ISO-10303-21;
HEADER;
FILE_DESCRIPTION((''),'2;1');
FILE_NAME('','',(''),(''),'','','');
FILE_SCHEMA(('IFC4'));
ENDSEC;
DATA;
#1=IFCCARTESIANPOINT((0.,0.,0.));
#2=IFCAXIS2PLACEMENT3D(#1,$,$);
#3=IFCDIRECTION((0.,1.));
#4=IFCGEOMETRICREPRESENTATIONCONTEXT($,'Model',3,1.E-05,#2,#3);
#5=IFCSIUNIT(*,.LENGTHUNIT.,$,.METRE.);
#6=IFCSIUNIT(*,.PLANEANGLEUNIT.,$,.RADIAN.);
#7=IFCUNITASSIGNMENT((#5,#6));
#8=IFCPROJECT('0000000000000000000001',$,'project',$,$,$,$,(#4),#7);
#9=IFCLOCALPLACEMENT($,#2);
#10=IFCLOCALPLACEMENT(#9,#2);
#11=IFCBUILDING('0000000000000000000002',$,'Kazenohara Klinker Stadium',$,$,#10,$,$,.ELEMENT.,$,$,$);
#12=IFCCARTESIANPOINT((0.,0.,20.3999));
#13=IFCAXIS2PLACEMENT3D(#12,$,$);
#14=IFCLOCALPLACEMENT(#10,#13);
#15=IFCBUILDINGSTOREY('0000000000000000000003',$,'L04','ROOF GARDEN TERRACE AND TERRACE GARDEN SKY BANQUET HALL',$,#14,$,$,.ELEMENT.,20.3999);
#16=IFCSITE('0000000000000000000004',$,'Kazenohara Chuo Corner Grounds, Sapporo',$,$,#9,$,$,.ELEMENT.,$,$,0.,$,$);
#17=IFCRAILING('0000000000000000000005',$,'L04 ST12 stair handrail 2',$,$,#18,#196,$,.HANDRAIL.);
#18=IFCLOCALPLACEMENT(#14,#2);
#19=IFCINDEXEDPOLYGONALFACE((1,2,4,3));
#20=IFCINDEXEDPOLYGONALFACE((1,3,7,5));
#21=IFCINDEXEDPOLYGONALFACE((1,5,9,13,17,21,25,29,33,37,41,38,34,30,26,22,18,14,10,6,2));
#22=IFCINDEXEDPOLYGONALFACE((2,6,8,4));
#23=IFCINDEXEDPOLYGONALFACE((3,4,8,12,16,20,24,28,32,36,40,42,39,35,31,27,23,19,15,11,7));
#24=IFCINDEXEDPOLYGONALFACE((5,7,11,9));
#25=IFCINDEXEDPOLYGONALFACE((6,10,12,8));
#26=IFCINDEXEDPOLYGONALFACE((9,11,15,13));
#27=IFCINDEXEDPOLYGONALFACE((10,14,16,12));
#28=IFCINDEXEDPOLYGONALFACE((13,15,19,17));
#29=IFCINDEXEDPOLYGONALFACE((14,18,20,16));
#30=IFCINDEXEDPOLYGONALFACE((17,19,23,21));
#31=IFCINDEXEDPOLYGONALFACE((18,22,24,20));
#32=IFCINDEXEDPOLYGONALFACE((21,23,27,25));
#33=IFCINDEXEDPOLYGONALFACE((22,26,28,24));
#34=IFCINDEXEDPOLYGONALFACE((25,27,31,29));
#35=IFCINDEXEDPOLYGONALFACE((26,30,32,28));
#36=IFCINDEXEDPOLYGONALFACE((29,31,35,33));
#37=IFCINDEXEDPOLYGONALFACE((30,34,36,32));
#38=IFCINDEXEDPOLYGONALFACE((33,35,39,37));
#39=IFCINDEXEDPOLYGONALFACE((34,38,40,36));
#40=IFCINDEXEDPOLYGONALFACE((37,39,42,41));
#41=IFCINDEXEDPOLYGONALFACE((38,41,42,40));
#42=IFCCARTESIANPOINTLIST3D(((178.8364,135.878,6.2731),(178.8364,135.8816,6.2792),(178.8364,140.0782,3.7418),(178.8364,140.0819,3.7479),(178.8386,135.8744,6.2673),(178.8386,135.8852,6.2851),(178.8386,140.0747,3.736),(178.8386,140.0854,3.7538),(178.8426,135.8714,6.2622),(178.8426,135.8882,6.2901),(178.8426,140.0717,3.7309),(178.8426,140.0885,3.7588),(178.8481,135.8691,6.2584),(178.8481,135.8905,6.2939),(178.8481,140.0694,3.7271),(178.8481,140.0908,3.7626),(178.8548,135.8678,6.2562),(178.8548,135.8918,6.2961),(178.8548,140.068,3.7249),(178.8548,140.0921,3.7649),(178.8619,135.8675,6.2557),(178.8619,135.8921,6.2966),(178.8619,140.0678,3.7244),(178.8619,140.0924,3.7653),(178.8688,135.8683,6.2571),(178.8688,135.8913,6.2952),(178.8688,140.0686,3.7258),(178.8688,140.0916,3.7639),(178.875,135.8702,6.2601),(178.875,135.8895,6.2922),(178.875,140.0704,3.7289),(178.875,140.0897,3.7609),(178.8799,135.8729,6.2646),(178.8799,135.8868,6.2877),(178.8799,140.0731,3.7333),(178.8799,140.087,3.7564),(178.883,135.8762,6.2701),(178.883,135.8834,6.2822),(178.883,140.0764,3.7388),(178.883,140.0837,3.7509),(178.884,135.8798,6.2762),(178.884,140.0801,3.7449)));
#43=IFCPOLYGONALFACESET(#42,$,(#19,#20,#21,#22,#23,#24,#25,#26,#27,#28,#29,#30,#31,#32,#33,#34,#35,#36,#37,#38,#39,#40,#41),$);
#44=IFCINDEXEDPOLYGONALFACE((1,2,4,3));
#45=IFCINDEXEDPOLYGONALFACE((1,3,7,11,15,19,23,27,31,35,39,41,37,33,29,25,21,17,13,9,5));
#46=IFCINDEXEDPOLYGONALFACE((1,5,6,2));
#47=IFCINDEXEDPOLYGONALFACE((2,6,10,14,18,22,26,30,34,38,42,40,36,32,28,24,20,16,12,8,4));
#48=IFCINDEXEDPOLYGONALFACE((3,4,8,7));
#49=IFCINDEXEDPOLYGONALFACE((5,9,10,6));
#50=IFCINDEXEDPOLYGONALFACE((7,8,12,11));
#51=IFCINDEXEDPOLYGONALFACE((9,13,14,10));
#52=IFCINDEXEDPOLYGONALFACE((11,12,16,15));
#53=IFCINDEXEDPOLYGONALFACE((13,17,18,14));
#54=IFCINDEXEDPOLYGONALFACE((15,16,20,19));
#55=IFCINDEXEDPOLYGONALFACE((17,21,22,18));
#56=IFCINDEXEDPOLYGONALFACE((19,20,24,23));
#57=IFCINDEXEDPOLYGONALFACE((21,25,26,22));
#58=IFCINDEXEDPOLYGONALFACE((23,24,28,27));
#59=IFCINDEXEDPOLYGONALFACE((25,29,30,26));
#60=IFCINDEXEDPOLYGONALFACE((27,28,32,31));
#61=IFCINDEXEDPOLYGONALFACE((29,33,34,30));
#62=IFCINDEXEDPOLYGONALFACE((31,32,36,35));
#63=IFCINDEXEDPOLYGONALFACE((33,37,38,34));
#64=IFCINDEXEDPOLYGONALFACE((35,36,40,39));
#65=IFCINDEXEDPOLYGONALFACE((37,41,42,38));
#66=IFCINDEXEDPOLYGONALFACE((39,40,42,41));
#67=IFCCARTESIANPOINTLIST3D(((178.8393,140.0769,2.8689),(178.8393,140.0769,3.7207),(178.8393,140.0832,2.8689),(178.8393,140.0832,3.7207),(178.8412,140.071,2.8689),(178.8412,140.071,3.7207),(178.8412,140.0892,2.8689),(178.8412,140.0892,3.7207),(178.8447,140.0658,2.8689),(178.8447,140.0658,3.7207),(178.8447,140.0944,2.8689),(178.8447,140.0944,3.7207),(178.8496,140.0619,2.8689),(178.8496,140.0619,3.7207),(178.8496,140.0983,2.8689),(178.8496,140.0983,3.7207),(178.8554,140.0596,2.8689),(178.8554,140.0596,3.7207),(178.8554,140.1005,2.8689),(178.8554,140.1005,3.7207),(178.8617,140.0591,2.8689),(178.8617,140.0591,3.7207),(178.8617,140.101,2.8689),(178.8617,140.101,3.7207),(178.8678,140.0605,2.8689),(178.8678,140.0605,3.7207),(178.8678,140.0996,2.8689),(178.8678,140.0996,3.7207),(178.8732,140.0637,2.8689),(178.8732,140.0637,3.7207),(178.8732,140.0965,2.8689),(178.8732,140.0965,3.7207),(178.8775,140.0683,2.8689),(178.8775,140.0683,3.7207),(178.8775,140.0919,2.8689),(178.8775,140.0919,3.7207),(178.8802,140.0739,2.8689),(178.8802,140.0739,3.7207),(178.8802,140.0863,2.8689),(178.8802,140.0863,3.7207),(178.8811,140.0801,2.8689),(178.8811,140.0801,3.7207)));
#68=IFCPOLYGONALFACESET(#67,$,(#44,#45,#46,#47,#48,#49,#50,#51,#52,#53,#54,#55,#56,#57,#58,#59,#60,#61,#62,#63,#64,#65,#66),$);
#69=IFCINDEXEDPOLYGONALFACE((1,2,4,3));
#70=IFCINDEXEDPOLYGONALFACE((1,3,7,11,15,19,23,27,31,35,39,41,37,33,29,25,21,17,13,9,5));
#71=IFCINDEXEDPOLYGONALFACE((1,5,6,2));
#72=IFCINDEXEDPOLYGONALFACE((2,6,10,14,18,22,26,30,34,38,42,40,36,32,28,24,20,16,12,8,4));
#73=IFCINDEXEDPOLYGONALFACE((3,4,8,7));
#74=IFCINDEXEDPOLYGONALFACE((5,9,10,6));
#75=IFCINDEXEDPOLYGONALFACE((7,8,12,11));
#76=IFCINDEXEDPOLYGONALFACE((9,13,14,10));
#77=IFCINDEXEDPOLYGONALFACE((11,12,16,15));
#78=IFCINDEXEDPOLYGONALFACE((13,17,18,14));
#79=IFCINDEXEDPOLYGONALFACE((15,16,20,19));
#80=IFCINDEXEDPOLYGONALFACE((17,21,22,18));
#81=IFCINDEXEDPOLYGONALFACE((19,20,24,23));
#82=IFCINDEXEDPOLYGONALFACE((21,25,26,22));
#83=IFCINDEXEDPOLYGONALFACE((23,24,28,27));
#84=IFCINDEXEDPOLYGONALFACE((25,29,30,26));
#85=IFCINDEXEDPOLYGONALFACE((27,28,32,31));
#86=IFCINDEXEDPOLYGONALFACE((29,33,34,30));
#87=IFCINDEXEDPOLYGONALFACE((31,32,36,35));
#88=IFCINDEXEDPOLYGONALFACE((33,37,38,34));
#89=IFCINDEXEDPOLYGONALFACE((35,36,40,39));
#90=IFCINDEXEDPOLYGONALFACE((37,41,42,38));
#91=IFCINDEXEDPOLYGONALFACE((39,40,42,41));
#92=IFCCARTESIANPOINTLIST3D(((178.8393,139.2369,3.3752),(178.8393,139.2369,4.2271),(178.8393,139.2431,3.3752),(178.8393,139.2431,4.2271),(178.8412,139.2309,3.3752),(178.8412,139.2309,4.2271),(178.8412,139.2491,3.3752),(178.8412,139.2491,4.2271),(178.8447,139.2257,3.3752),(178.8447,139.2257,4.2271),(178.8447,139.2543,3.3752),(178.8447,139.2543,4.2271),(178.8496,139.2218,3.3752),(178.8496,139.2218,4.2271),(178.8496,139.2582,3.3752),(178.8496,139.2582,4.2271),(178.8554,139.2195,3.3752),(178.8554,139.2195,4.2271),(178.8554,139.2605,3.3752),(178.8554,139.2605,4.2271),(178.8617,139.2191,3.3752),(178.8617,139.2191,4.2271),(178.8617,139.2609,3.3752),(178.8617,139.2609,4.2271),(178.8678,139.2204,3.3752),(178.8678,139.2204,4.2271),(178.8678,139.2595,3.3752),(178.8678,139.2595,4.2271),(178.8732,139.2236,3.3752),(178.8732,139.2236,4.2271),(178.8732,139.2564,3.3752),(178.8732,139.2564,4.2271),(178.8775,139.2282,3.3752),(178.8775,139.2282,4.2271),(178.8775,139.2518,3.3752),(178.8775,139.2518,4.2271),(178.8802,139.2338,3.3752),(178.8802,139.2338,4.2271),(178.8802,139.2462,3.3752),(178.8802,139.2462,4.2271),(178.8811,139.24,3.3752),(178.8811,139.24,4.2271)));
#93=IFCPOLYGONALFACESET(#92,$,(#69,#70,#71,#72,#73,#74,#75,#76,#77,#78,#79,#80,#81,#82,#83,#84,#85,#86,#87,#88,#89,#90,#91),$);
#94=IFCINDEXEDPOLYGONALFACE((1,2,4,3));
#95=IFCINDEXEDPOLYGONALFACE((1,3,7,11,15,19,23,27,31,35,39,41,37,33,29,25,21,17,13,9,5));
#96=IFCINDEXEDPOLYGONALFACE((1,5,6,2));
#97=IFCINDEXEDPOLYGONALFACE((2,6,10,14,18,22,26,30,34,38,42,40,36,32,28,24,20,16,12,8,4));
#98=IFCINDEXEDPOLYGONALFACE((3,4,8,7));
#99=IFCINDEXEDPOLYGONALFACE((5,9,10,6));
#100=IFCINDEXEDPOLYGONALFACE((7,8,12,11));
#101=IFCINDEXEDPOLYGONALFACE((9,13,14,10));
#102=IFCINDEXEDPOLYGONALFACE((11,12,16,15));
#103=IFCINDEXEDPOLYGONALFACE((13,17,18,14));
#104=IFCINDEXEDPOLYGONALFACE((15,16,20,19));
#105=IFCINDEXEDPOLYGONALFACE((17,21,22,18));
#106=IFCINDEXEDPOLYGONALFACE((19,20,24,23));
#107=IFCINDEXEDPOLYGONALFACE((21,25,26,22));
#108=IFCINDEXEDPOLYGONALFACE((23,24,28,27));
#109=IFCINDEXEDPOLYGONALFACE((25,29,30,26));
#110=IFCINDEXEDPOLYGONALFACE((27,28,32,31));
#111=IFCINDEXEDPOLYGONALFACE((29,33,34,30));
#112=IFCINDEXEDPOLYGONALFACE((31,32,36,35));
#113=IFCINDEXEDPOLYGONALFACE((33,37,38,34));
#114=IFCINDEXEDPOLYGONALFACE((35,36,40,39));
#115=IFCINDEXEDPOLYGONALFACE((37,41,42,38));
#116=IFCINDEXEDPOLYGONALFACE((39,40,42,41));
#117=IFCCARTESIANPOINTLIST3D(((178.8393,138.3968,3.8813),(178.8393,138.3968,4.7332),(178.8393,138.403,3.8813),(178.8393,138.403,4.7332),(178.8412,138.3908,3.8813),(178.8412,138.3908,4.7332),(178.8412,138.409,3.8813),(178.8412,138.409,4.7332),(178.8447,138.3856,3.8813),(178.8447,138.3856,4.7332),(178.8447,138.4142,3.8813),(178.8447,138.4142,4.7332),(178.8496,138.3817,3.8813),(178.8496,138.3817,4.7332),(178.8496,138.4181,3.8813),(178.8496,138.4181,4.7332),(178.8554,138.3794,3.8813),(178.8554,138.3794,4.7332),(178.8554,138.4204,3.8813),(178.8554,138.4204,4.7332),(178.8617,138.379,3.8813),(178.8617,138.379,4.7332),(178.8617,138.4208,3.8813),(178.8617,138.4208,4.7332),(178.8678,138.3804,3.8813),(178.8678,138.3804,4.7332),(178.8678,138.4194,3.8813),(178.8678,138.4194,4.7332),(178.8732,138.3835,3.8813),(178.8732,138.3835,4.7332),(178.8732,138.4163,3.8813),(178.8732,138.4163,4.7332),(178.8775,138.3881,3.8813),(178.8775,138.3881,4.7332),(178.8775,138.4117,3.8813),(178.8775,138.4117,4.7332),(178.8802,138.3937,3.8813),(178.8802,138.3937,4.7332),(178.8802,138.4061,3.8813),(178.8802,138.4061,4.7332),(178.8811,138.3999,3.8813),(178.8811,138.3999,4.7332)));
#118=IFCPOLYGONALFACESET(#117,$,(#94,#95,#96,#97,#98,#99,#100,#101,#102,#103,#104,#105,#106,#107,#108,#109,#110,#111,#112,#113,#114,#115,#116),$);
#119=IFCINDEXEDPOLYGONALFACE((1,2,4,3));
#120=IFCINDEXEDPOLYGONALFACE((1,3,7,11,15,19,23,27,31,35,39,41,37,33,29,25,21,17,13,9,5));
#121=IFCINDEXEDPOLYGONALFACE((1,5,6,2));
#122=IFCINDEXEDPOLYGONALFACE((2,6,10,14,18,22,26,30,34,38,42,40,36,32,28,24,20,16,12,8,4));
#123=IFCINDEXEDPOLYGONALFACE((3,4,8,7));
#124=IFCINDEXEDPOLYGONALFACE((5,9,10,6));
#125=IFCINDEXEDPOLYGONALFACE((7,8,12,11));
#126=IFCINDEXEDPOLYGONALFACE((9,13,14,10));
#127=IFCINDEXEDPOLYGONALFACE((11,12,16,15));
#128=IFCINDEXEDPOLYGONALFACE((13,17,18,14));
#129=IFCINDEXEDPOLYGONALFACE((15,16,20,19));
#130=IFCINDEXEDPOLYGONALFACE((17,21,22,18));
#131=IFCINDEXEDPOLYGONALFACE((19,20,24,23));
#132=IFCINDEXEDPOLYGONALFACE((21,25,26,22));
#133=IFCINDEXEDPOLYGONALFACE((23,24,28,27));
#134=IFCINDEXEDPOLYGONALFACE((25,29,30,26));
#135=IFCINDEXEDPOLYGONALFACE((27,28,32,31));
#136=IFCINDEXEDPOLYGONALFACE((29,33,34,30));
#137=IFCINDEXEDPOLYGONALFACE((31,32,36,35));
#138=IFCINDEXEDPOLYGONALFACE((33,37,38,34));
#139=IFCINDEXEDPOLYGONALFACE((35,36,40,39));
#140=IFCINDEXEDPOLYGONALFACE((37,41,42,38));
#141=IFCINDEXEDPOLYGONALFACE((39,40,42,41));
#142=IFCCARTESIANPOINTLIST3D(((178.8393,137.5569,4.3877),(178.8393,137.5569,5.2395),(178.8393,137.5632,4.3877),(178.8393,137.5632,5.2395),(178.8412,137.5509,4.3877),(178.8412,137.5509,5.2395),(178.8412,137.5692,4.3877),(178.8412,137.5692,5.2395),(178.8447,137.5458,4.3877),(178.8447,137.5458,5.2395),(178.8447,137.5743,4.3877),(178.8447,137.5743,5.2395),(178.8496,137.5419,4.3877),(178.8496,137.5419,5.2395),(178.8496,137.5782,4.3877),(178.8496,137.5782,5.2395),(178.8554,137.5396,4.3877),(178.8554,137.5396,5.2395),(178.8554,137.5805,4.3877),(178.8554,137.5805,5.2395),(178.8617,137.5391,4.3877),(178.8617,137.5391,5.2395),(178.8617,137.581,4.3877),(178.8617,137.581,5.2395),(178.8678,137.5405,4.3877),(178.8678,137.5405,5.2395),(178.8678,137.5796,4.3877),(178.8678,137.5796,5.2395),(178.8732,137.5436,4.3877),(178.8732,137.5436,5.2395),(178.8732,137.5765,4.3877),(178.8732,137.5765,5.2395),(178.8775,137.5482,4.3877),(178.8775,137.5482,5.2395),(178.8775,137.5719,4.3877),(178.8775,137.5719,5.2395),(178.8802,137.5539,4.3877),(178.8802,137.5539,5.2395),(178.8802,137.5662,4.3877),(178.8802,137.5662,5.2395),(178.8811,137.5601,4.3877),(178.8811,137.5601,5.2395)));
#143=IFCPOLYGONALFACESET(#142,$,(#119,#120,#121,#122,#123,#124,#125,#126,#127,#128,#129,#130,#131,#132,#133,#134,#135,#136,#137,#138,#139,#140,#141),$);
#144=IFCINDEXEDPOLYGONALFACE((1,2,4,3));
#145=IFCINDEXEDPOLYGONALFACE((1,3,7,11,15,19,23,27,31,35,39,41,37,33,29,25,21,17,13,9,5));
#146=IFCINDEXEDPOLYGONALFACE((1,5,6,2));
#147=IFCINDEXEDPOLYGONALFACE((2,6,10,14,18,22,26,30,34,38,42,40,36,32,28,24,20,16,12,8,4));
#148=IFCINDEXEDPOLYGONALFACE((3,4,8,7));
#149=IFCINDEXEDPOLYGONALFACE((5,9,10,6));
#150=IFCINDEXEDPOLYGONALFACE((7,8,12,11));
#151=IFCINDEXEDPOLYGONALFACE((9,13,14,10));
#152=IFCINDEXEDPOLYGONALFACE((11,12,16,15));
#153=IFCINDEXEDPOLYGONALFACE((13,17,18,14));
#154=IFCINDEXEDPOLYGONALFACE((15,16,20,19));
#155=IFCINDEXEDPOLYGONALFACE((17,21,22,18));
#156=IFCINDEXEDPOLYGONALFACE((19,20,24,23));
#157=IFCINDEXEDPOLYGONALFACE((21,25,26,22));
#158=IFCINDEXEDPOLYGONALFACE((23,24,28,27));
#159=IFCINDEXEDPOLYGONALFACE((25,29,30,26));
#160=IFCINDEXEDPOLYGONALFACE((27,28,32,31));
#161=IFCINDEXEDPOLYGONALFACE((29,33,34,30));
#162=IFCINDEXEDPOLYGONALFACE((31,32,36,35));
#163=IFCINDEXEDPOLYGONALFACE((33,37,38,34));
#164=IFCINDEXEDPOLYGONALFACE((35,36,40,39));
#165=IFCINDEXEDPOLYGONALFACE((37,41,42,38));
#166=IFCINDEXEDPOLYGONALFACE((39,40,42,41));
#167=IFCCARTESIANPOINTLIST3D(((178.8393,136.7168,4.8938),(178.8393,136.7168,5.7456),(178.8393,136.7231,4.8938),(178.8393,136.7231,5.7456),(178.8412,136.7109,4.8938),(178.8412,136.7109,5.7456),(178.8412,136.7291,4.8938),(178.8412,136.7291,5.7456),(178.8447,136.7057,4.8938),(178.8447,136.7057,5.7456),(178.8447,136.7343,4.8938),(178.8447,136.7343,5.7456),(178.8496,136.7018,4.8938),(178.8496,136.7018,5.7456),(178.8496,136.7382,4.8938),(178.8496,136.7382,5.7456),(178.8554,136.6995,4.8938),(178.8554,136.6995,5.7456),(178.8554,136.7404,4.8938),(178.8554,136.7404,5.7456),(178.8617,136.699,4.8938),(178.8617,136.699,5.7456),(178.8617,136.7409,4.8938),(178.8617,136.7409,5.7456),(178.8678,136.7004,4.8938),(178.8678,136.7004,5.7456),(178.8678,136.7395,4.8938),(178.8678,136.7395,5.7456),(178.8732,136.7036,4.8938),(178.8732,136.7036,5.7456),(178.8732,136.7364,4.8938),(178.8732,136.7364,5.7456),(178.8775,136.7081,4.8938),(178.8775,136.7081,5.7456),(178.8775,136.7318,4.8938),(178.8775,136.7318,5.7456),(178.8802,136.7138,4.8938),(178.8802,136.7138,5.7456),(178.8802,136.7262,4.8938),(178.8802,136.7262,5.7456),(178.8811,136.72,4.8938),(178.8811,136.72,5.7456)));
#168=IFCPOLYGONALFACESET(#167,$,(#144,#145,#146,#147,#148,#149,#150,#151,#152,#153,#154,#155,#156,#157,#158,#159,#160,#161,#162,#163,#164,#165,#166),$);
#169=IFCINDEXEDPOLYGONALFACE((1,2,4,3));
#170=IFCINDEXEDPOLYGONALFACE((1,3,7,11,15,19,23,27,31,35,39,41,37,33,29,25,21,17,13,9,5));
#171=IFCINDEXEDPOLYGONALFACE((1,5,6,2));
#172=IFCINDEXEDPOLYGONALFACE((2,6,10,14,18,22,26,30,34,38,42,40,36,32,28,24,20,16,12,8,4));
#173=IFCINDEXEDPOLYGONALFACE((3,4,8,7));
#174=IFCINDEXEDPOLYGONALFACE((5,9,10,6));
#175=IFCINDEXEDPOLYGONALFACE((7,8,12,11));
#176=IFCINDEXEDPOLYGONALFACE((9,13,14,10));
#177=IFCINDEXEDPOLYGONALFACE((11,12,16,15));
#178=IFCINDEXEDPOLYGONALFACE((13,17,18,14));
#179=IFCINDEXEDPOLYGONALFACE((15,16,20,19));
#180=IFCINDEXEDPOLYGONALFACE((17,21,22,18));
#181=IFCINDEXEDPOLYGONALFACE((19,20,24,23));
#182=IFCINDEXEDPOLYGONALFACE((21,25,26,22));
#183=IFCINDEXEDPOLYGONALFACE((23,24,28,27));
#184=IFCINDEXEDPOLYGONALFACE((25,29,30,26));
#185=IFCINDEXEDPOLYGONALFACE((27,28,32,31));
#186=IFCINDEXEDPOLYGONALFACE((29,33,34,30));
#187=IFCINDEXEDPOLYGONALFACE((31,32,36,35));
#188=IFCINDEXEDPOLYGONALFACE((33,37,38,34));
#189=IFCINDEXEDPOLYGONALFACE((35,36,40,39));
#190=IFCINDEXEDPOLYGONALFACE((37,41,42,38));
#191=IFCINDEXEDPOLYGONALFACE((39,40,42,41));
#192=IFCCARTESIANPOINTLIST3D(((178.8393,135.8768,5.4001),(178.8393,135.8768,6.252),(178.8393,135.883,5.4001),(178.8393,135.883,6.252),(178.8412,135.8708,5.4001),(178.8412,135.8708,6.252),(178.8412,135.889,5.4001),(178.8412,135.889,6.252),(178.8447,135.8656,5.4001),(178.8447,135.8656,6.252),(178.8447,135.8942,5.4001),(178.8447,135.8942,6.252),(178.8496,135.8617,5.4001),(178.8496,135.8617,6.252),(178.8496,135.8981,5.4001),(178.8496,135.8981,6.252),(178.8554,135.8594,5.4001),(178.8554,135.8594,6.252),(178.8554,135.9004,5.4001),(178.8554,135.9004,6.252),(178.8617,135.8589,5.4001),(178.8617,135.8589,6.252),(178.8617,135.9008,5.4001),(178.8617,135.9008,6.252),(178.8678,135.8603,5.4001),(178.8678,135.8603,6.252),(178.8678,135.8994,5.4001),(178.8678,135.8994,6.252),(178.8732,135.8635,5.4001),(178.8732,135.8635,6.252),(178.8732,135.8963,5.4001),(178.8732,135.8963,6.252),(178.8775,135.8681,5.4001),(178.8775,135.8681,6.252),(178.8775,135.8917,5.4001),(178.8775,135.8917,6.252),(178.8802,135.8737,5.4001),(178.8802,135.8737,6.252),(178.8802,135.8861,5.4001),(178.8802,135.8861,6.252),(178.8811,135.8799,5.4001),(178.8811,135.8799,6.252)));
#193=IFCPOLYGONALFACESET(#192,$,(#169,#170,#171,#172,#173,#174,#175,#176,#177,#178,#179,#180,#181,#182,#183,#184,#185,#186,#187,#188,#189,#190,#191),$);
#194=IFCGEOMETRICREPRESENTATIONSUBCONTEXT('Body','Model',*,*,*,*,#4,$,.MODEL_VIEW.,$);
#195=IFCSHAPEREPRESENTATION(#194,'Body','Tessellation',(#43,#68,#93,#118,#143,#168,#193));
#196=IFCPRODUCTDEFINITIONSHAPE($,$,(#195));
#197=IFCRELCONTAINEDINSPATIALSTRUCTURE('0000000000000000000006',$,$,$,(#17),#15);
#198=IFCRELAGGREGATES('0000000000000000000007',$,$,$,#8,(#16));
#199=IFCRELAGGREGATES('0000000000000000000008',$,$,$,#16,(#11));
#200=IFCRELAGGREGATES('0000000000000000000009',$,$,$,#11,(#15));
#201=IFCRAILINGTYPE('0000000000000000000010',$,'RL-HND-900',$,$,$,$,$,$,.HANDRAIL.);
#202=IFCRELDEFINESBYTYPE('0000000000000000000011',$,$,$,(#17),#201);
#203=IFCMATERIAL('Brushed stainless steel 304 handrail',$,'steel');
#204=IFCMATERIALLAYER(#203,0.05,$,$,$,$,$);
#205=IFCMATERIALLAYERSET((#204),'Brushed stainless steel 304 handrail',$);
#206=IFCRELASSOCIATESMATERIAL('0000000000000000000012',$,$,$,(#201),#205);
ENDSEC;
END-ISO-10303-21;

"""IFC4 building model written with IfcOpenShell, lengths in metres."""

from ifc_helpers import new_model, si_unit, direction, frame, origin, origin_2d, place, context, subcontext, project, spatial, circle, extrude, material, layer, layer_set, type_object, element, save


model = new_model("IFC4")

# Units and contexts
model_context = context("Model", 3, precision=1e-05, world=origin(), true_north=direction((0.0, 1.0)))
body_context = subcontext(model_context, "Body", "Model", "MODEL_VIEW")
ifc_project = project(units=[si_unit("LENGTHUNIT", "METRE"), si_unit("PLANEANGLEUNIT", "RADIAN")], contexts=[model_context])

# Site, building, storey
site_placement = place(None, origin())
site = spatial("IfcSite", under=ifc_project, at=site_placement, Name="Kazenohara Chuo Corner Grounds, Sapporo", CompositionType="ELEMENT", RefElevation=0.0)
building_placement = place(site_placement, origin())
building = spatial("IfcBuilding", under=site, at=building_placement, Name="Kazenohara Klinker Stadium", CompositionType="ELEMENT")
storey_placement = place(building_placement, frame((0.0, 0.0, 20.3999)))
storey = spatial("IfcBuildingStorey", under=building, at=storey_placement, Name="L04", Description="ROOF GARDEN TERRACE AND TERRACE GARDEN SKY BANQUET HALL", CompositionType="ELEMENT", Elevation=20.3999)

# Railing
ifc_material_1 = material(Name="Brushed stainless steel 304 handrail", Category="steel")
ifc_layer_1 = layer(ifc_material_1, 0.05)
ifc_layer_set_1 = layer_set([ifc_layer_1], Name="Brushed stainless steel 304 handrail")
railing_type = type_object("IfcRailingType", Name="RL-HND-900", PredefinedType="HANDRAIL", material=ifc_layer_set_1)
railing_placement = place(storey_placement, frame((178.8601, 140.0801, 2.8689)))
element("IfcRailing", 1, at=railing_placement, inside=storey, type_object=railing_type, Name="L04 ST12 stair handrail 2", PredefinedType="HANDRAIL", context=body_context, shape_type="SweptSolid", body=[
    extrude(circle(Radius=0.0239, at=origin_2d()), frame((0.0, 0.0, 0.876), z_axis=(0.0, -0.85649, 0.516164), x_axis=(1.0, 0.0, 0.0)), (0.0, 0.0, 1.0), 4.9041),
    extrude(circle(Radius=0.021, at=origin_2d()), origin(), (0.0, 0.0, 1.0), 0.8518),
    extrude(circle(Radius=0.021, at=origin_2d()), frame((0.0, -0.8401, 0.5063)), (0.0, 0.0, 1.0), 0.8518),
    extrude(circle(Radius=0.021, at=origin_2d()), frame((0.0, -1.6802, 1.0125)), (0.0, 0.0, 1.0), 0.8518),
    extrude(circle(Radius=0.021, at=origin_2d()), frame((0.0, -2.52, 1.5188)), (0.0, 0.0, 1.0), 0.8518),
    extrude(circle(Radius=0.021, at=origin_2d()), frame((0.0, -3.3601, 2.0249)), (0.0, 0.0, 1.0), 0.8518),
    extrude(circle(Radius=0.021, at=origin_2d()), frame((0.0, -4.2002, 2.5312)), (0.0, 0.0, 1.0), 0.8518),
])

save(model, "model.ifc")
